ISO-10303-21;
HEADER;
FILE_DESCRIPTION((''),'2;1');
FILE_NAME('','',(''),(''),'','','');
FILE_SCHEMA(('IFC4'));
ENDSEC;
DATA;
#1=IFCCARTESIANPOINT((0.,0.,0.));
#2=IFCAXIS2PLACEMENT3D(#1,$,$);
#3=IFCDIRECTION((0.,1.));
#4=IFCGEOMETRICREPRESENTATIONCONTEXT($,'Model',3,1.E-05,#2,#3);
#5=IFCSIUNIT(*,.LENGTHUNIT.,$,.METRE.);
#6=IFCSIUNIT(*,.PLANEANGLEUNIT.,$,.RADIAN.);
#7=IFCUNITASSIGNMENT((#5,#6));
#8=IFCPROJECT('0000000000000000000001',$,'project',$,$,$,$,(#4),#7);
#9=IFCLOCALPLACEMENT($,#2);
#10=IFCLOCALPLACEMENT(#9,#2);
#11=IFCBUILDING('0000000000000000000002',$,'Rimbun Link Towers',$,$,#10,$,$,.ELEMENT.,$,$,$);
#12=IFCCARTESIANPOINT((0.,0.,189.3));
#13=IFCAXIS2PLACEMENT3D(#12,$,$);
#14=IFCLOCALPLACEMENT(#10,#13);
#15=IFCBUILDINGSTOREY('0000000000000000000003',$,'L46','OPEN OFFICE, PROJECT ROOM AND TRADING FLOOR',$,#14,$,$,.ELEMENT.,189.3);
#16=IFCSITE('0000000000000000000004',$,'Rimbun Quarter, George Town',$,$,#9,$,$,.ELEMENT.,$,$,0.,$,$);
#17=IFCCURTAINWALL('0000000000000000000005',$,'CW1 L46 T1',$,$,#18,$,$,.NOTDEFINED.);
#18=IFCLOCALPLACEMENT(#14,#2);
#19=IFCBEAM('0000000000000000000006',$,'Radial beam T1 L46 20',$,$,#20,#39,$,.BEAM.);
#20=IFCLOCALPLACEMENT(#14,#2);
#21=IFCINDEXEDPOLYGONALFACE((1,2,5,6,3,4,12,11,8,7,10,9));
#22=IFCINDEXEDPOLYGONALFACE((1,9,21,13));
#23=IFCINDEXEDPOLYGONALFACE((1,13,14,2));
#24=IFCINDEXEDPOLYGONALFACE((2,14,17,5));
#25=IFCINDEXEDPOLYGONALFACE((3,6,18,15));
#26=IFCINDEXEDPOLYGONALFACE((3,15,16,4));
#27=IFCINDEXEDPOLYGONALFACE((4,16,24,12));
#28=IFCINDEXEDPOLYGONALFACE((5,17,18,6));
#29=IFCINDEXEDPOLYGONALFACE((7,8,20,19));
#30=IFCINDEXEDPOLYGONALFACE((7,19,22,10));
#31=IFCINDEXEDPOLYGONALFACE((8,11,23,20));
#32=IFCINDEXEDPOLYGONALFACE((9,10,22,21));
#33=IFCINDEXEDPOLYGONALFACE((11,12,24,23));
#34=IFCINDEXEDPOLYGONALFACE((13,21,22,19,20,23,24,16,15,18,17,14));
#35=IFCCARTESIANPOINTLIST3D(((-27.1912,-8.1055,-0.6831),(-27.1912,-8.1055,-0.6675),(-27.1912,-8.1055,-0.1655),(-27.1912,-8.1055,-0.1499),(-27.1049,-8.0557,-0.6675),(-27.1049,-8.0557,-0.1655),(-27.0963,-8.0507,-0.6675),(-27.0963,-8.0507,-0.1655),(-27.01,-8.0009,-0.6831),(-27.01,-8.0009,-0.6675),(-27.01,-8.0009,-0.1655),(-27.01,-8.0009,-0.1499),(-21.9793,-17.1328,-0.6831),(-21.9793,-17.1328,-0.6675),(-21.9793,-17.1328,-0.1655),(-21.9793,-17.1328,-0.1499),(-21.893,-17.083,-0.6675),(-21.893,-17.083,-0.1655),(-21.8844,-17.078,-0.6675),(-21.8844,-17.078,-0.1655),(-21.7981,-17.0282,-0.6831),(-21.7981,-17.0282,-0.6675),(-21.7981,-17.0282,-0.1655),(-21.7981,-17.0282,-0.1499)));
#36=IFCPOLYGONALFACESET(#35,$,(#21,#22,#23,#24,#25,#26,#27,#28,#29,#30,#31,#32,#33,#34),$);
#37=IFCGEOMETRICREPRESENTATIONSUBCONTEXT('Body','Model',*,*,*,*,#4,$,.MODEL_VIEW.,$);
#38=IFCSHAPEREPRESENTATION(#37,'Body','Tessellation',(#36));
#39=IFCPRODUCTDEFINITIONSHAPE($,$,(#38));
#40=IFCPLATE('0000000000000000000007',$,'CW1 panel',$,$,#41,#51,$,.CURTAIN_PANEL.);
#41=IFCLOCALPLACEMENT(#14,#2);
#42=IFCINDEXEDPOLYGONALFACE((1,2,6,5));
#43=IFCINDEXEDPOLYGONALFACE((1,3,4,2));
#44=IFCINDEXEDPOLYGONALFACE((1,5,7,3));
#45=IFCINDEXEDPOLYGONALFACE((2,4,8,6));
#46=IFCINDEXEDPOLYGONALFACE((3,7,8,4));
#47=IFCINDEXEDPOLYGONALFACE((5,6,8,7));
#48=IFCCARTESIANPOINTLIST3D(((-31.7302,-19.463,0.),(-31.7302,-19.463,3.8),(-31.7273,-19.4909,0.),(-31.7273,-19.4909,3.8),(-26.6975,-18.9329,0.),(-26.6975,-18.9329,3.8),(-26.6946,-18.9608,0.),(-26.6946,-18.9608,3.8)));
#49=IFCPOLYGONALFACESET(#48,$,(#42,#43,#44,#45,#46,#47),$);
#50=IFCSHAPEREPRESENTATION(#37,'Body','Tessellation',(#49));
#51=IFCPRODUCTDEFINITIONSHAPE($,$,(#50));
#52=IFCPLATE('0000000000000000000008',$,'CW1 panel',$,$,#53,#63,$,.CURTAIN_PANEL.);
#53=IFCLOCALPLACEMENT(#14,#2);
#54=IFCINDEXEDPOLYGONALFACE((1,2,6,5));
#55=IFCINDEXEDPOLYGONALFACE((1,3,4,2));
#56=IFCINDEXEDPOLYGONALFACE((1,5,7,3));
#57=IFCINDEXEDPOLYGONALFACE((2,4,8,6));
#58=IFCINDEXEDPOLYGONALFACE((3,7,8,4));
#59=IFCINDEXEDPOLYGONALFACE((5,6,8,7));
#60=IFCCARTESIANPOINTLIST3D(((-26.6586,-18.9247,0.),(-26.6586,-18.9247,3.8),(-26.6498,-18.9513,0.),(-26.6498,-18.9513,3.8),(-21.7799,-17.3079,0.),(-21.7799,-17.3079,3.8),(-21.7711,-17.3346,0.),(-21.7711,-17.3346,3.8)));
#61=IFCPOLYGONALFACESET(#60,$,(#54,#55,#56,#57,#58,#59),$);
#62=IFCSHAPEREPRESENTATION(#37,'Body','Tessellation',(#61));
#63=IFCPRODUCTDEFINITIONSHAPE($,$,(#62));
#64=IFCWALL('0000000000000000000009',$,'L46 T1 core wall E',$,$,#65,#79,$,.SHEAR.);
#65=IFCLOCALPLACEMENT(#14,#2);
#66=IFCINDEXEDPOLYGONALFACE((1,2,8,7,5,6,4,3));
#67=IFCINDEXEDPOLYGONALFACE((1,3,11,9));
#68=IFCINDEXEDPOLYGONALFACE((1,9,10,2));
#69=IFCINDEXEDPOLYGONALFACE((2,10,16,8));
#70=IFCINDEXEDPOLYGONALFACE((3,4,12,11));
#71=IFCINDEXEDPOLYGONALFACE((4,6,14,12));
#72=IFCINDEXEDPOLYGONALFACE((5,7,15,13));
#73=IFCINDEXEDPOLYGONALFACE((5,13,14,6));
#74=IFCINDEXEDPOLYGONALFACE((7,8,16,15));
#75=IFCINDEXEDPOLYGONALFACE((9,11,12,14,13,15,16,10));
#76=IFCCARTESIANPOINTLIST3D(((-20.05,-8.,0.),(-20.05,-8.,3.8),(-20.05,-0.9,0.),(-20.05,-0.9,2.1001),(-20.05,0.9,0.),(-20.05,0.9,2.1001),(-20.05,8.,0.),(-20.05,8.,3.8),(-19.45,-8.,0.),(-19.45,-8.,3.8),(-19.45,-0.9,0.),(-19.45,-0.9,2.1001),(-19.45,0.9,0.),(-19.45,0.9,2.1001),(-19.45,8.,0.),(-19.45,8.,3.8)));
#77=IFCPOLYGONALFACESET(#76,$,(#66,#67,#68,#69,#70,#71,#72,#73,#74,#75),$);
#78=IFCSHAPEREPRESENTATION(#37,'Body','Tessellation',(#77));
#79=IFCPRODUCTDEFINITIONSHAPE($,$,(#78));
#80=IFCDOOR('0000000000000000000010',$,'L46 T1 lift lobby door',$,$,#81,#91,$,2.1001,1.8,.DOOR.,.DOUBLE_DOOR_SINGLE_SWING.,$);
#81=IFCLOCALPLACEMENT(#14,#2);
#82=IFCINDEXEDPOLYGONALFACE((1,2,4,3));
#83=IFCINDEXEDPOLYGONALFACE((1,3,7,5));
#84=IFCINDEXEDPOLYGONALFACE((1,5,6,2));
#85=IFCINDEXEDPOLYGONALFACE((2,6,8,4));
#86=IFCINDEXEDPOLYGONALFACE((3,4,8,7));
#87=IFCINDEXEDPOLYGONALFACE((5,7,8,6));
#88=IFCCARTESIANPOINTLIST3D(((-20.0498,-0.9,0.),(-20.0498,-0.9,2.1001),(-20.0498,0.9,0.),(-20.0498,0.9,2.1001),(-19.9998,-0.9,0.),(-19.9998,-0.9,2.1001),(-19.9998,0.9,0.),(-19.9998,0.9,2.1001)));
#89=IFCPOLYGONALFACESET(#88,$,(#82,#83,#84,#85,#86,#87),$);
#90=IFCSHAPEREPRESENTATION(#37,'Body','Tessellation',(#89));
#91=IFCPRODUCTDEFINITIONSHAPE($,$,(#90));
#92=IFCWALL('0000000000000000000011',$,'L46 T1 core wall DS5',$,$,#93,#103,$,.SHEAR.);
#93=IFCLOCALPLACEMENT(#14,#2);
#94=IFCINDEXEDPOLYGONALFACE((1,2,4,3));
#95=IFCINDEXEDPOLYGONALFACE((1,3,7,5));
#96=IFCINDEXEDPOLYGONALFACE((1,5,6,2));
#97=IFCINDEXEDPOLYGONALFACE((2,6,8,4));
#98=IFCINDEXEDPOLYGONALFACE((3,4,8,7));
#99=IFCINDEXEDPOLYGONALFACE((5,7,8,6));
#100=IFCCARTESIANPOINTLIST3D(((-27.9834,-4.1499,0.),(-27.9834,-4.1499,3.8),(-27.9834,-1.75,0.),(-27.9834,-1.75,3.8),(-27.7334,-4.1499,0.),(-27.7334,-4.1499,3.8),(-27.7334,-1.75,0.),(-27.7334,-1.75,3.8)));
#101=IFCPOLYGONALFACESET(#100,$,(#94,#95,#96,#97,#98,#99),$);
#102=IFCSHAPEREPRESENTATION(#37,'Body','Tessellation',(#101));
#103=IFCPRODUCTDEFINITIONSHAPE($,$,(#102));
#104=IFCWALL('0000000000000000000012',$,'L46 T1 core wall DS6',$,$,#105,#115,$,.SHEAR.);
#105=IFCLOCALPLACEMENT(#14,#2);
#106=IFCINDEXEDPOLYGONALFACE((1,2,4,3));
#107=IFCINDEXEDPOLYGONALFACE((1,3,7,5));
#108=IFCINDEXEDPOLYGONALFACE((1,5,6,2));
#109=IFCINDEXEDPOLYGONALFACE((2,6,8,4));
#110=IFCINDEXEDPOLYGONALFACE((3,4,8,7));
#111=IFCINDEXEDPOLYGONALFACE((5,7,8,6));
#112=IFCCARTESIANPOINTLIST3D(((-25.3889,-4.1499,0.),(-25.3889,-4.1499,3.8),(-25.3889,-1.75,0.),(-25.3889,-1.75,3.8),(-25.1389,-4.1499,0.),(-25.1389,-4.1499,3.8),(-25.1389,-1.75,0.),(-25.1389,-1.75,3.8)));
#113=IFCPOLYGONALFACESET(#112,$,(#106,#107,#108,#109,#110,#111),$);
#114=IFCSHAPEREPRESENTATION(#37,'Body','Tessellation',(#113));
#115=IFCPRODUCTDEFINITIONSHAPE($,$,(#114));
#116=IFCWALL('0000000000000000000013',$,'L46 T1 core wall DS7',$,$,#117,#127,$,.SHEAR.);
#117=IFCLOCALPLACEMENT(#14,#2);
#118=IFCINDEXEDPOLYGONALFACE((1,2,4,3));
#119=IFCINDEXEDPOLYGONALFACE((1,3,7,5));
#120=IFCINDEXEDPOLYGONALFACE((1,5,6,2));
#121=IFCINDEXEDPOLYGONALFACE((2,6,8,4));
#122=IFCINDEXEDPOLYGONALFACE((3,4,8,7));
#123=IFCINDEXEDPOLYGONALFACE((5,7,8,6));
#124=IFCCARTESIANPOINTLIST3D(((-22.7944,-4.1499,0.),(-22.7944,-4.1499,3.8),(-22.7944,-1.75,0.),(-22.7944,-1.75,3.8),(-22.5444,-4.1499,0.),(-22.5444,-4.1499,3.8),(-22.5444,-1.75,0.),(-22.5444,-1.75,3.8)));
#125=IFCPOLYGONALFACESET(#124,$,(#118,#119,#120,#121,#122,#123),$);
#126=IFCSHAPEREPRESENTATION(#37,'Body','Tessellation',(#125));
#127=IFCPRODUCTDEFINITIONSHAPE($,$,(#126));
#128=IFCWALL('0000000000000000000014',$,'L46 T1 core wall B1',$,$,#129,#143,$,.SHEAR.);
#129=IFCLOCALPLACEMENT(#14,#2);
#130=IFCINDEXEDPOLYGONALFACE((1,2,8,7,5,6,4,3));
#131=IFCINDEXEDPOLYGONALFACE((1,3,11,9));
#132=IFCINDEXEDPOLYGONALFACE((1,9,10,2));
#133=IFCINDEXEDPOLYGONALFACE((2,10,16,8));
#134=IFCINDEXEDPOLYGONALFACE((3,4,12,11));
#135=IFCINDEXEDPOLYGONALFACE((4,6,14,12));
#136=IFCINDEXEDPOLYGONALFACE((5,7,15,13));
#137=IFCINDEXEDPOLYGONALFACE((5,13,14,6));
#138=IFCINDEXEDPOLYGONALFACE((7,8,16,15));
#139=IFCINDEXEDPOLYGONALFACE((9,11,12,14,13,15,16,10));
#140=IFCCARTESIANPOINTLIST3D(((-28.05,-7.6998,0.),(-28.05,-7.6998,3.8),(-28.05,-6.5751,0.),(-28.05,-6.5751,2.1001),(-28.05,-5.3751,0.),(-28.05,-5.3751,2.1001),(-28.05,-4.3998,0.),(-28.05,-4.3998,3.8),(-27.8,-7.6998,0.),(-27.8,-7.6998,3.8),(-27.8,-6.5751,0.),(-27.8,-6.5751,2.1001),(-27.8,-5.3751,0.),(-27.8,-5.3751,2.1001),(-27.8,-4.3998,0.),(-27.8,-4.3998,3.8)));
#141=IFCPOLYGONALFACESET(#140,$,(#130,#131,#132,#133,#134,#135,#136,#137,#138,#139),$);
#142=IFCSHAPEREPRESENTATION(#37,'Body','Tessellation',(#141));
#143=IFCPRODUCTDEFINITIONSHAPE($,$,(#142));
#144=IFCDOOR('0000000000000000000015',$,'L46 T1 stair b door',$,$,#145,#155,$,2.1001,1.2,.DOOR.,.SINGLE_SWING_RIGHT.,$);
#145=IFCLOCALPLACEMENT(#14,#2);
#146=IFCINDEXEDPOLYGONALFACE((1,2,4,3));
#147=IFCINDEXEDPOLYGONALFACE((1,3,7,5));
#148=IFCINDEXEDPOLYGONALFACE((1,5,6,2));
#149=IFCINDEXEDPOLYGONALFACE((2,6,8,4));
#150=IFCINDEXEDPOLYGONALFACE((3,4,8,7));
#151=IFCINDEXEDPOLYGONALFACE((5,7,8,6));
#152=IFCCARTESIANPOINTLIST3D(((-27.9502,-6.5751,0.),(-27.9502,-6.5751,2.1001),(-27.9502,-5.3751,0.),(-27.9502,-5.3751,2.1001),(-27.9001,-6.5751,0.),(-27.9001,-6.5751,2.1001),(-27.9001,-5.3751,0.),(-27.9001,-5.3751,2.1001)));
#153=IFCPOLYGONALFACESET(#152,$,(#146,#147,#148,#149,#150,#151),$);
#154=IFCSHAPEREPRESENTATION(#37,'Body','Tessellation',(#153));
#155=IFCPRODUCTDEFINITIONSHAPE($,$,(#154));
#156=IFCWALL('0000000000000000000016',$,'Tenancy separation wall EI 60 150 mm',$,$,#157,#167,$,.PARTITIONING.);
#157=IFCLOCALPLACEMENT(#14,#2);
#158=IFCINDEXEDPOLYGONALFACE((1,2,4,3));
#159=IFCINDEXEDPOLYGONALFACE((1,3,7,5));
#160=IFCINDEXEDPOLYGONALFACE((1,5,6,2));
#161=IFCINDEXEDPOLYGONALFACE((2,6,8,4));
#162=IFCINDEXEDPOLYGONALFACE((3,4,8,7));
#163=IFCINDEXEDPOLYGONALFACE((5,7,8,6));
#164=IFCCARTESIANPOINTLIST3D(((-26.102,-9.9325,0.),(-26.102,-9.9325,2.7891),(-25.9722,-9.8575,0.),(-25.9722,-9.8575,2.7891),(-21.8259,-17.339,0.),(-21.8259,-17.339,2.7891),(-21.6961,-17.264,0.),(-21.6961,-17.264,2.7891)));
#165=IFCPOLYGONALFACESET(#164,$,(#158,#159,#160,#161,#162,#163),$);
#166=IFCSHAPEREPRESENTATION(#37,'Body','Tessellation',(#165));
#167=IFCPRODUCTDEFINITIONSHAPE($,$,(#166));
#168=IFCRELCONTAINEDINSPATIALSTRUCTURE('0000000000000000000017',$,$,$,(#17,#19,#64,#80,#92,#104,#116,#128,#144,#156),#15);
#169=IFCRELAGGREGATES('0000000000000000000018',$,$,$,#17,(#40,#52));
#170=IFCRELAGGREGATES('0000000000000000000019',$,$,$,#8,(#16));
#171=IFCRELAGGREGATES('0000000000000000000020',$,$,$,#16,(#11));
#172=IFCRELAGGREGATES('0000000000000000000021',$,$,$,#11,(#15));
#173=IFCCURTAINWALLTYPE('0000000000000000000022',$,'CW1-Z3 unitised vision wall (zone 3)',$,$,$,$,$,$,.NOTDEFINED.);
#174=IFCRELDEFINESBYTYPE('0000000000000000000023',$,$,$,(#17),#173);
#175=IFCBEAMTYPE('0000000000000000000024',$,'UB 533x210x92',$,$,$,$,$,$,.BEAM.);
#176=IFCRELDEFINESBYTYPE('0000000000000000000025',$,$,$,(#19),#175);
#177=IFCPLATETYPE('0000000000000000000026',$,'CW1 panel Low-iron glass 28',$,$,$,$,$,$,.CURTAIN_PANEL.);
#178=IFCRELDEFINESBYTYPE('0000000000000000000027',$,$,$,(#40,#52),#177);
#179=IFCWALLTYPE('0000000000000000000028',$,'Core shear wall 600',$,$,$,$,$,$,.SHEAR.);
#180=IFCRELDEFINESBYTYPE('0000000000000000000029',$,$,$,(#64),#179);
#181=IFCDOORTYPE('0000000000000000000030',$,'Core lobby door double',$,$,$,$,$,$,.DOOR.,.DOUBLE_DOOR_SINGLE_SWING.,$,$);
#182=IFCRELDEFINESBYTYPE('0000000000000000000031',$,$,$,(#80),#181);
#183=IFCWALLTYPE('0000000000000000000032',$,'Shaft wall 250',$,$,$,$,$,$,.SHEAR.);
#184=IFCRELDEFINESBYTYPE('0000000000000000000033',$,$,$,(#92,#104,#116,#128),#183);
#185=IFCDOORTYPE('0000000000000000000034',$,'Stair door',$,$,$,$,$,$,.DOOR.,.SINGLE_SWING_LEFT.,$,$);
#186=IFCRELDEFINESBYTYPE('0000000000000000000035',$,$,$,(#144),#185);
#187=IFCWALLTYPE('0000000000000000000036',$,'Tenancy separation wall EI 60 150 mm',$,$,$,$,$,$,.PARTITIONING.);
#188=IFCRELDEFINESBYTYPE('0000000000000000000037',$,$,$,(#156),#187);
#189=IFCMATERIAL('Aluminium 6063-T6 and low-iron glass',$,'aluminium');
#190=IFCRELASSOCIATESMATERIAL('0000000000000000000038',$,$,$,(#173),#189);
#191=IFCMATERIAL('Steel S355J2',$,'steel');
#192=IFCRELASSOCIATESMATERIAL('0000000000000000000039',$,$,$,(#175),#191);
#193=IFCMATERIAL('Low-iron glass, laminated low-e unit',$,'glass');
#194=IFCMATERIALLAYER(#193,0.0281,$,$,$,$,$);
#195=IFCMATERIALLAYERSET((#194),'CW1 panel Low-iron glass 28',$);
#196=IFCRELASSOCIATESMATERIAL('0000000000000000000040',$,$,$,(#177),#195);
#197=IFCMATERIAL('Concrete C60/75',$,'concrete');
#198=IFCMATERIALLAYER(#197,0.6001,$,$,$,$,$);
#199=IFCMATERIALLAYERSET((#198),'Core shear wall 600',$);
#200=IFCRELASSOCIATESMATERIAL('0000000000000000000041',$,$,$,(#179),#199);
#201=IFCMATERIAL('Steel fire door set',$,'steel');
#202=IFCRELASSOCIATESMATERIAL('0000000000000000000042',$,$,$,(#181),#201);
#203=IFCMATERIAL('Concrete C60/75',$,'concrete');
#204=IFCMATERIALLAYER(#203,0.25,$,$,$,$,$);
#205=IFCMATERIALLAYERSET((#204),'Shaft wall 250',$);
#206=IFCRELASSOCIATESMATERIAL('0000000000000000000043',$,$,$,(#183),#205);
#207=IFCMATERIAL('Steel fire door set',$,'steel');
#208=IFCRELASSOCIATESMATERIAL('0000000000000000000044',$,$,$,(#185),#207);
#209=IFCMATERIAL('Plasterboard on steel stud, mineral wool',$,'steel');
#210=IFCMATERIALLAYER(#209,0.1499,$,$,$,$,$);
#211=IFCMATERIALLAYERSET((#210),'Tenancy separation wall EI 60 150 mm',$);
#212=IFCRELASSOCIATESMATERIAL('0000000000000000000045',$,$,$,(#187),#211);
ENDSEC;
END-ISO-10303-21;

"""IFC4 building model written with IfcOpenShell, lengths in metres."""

from ifc_helpers import new_model, si_unit, direction, frame, frame_2d, origin, origin_2d, place, context, subcontext, project, spatial, rectangle, i_section, extrude, material, layer, layer_set, material_profile, profile_set, type_object, element, fill, aggregate, save


model = new_model("IFC4")

# Units and contexts
model_context = context("Model", 3, precision=1e-05, world=origin(), true_north=direction((0.0, 1.0)))
body_context = subcontext(model_context, "Body", "Model", "MODEL_VIEW")
ifc_project = project(units=[si_unit("LENGTHUNIT", "METRE"), si_unit("PLANEANGLEUNIT", "RADIAN")], contexts=[model_context])

# Site, building, storey
site_placement = place(None, origin())
site = spatial("IfcSite", under=ifc_project, at=site_placement, Name="Rimbun Quarter, George Town", CompositionType="ELEMENT", RefElevation=0.0)
building_placement = place(site_placement, origin())
building = spatial("IfcBuilding", under=site, at=building_placement, Name="Rimbun Link Towers", CompositionType="ELEMENT")
storey_placement = place(building_placement, frame((0.0, 0.0, 189.3)))
storey = spatial("IfcBuildingStorey", under=building, at=storey_placement, Name="L46", Description="OPEN OFFICE, PROJECT ROOM AND TRADING FLOOR", CompositionType="ELEMENT", Elevation=189.3)

# Curtain wall
ifc_material_1 = material(Name="Aluminium 6063-T6 and low-iron glass", Category="aluminium")
curtain_wall_type = type_object("IfcCurtainWallType", Name="CW1-Z3 unitised vision wall (zone 3)", PredefinedType="NOTDEFINED", material=ifc_material_1)
curtain_wall_placement = place(storey_placement, origin())
curtain_wall = element("IfcCurtainWall", 1, at=curtain_wall_placement, inside=storey, type_object=curtain_wall_type, Name="CW1 L46 T1", PredefinedType="NOTDEFINED")

# Beam
ifc_material_2 = material(Name="Steel S355J2", Category="steel")
ifc_material_profile_1 = material_profile(ifc_material_2, i_section(OverallWidth=0.2092, OverallDepth=0.5332, WebThickness=0.01, FlangeThickness=0.0156, at=origin_2d()), Name="UB 533x210x92")
ifc_profile_set_1 = profile_set([ifc_material_profile_1], Name="Steel S355J2")
beam_type_1 = type_object("IfcBeamType", Name="UB 533x210x92", PredefinedType="BEAM", material=ifc_profile_set_1)
beam_1_placement = place(storey_placement, frame((-27.1006, -8.0532, -0.4165), z_axis=(0.499998, -0.866026, 0.0), x_axis=(0.866026, 0.499998, 0.0)))
element("IfcBeam", 2, at=beam_1_placement, inside=storey, type_object=beam_type_1, Name="Radial beam T1 L46 20", PredefinedType="BEAM", context=body_context, shape_type="SweptSolid", body=[
    extrude(i_section(OverallWidth=0.2092, OverallDepth=0.5332, WebThickness=0.01, FlangeThickness=0.0156, at=origin_2d()), origin(), (0.0, 0.0, 1.0), 10.4238),
])

# Plates
ifc_material_3 = material(Name="Low-iron glass, laminated low-e unit", Category="glass")
ifc_layer_1 = layer(ifc_material_3, 0.0281)
ifc_layer_set_1 = layer_set([ifc_layer_1], Name="CW1 panel Low-iron glass 28")
plate_type = type_object("IfcPlateType", Name="CW1 panel Low-iron glass 28", PredefinedType="CURTAIN_PANEL", material=ifc_layer_set_1)
plate_1_placement = place(storey_placement, frame((-29.2124, -19.2119, 0.0), z_axis=(0.0, 0.0, 1.0), x_axis=(-0.994498, -0.104753, 0.0)))
plate_1 = element("IfcPlate", 3, at=plate_1_placement, type_object=plate_type, Name="CW1 panel", PredefinedType="CURTAIN_PANEL", context=body_context, shape_type="SweptSolid", body=[
    extrude(rectangle(XDim=5.0605, YDim=0.0281, at=origin_2d()), origin(), (0.0, 0.0, 1.0), 3.8),
])
plate_2_placement = place(storey_placement, frame((-24.2148, -18.1296, 0.0), z_axis=(0.0, 0.0, 1.0), x_axis=(-0.949236, -0.314565, 0.0)))
plate_2 = element("IfcPlate", 4, at=plate_2_placement, type_object=plate_type, Name="CW1 panel", PredefinedType="CURTAIN_PANEL", context=body_context, shape_type="SweptSolid", body=[
    extrude(rectangle(XDim=5.1396, YDim=0.0281, at=origin_2d()), origin(), (0.0, 0.0, 1.0), 3.8),
])
aggregate(curtain_wall, [plate_1, plate_2])

# Wall, opening, door
ifc_material_4 = material(Name="Concrete C60/75", Category="concrete")
ifc_layer_2 = layer(ifc_material_4, 0.6001)
ifc_layer_set_2 = layer_set([ifc_layer_2], Name="Core shear wall 600")
wall_type_1 = type_object("IfcWallType", Name="Core shear wall 600", PredefinedType="SHEAR", material=ifc_layer_set_2)
wall_1_placement = place(storey_placement, frame((-19.75, -8.0, 0.0), z_axis=(0.0, 0.0, 1.0), x_axis=(0.0, 1.0, 0.0)))
wall_1 = element("IfcWall", 5, at=wall_1_placement, inside=storey, type_object=wall_type_1, Name="L46 T1 core wall E", PredefinedType="SHEAR", context=body_context, shape_type="SweptSolid", body=[
    extrude(rectangle(XDim=16.0, YDim=0.6001, at=frame_2d((8.0, 0.0))), origin(), (0.0, 0.0, 1.0), 3.8),
])
opening_1_placement = place(wall_1_placement, frame((7.1001, 0.0, 0.0)))
opening_1 = element("IfcOpeningElement", 6, at=opening_1_placement, cuts=wall_1, PredefinedType="OPENING", context=body_context, shape_type="SweptSolid", body=[
    extrude(rectangle(XDim=1.8, YDim=2.1001, at=frame_2d((0.8999, 1.05))), frame((0.0, 0.3101, 0.0), z_axis=(0.0, -1.0, 0.0), x_axis=(1.0, 0.0, 0.0)), (0.0, 0.0, 1.0), 0.6201),
])
ifc_material_5 = material(Name="Steel fire door set", Category="steel")
door_type_1 = type_object("IfcDoorType", Name="Core lobby door double", OperationType="DOUBLE_DOOR_SINGLE_SWING", PredefinedType="DOOR", material=ifc_material_5)
door_1_placement = place(opening_1_placement, origin())
door_1 = element("IfcDoor", 7, at=door_1_placement, inside=storey, type_object=door_type_1, Name="L46 T1 lift lobby door", OperationType="DOUBLE_DOOR_SINGLE_SWING", OverallHeight=2.1001, OverallWidth=1.8, PredefinedType="DOOR", context=body_context, shape_type="SweptSolid", body=[
    extrude(rectangle(XDim=1.8, YDim=2.1001, at=frame_2d((0.8999, 1.05))), frame((0.0, 0.2998, 0.0), z_axis=(0.0, -1.0, 0.0), x_axis=(1.0, 0.0, 0.0)), (0.0, 0.0, 1.0), 0.05),
])
fill(opening_1, door_1)

# Walls
ifc_material_6 = material(Name="Concrete C60/75", Category="concrete")
ifc_layer_3 = layer(ifc_material_6, 0.25)
ifc_layer_set_3 = layer_set([ifc_layer_3], Name="Shaft wall 250")
wall_type_2 = type_object("IfcWallType", Name="Shaft wall 250", PredefinedType="SHEAR", material=ifc_layer_set_3)
for number, where, z_axis, x_axis, name in (
    (8, (-27.8584, -4.1499, 0.0), (0.0, 0.0, 1.0), (0.0, 1.0, 0.0), "L46 T1 core wall DS5"),
    (9, (-25.2639, -4.1499, 0.0), (0.0, 0.0, 1.0), (0.0, 1.0, 0.0), "L46 T1 core wall DS6"),
    (10, (-22.6694, -4.1499, 0.0), (0.0, 0.0, 1.0), (0.0, 1.0, 0.0), "L46 T1 core wall DS7"),
):
    element("IfcWall", number, at=place(storey_placement, frame(where, z_axis=z_axis, x_axis=x_axis)), inside=storey, type_object=wall_type_2, Name=name, PredefinedType="SHEAR", context=body_context, shape_type="SweptSolid", body=[
        extrude(rectangle(XDim=2.3999, YDim=0.25, at=frame_2d((1.2, 0.0))), origin(), (0.0, 0.0, 1.0), 3.8),
    ])

# Wall, opening, door
wall_2_placement = place(storey_placement, frame((-27.925, -4.3999, 0.0), z_axis=(0.0, 0.0, 1.0), x_axis=(0.0, -1.0, 0.0)))
wall_2 = element("IfcWall", 11, at=wall_2_placement, inside=storey, type_object=wall_type_2, Name="L46 T1 core wall B1", PredefinedType="SHEAR", context=body_context, shape_type="SweptSolid", body=[
    extrude(rectangle(XDim=3.3, YDim=0.25, at=frame_2d((1.6499, 0.0))), origin(), (0.0, 0.0, 1.0), 3.8),
])
opening_2_placement = place(wall_2_placement, frame((0.9751, 0.0, 0.0)))
opening_2 = element("IfcOpeningElement", 12, at=opening_2_placement, cuts=wall_2, PredefinedType="OPENING", context=body_context, shape_type="SweptSolid", body=[
    extrude(rectangle(XDim=1.2, YDim=2.1001, at=frame_2d((0.6001, 1.05))), frame((0.0, 0.135, 0.0), z_axis=(0.0, -1.0, 0.0), x_axis=(1.0, 0.0, 0.0)), (0.0, 0.0, 1.0), 0.27),
])
ifc_material_7 = material(Name="Steel fire door set", Category="steel")
door_type_2 = type_object("IfcDoorType", Name="Stair door", OperationType="SINGLE_SWING_LEFT", PredefinedType="DOOR", material=ifc_material_7)
door_2_placement = place(opening_2_placement, origin())
door_2 = element("IfcDoor", 13, at=door_2_placement, inside=storey, type_object=door_type_2, Name="L46 T1 stair b door", OperationType="SINGLE_SWING_RIGHT", OverallHeight=2.1001, OverallWidth=1.2, PredefinedType="DOOR", context=body_context, shape_type="SweptSolid", body=[
    extrude(rectangle(XDim=1.2, YDim=2.1001, at=frame_2d((0.6001, 1.05))), frame((0.0, 0.0249, 0.0), z_axis=(0.0, -1.0, 0.0), x_axis=(1.0, 0.0, 0.0)), (0.0, 0.0, 1.0), 0.05),
])
fill(opening_2, door_2)

# Wall
ifc_material_8 = material(Name="Plasterboard on steel stud, mineral wool", Category="steel")
ifc_layer_4 = layer(ifc_material_8, 0.1499)
ifc_layer_set_4 = layer_set([ifc_layer_4], Name="Tenancy separation wall EI 60 150 mm")
wall_type_3 = type_object("IfcWallType", Name="Tenancy separation wall EI 60 150 mm", PredefinedType="PARTITIONING", material=ifc_layer_set_4)
wall_3_placement = place(storey_placement, frame((-26.0371, -9.895, 0.0), z_axis=(0.0, 0.0, 1.0), x_axis=(0.499998, -0.866026, 0.0)))
element("IfcWall", 14, at=wall_3_placement, inside=storey, type_object=wall_type_3, Name="Tenancy separation wall EI 60 150 mm", PredefinedType="PARTITIONING", context=body_context, shape_type="SweptSolid", body=[
    extrude(rectangle(XDim=8.5522, YDim=0.1499, at=frame_2d((4.2761, 0.0))), origin(), (0.0, 0.0, 1.0), 2.7891),
])

save(model, "model.ifc")
